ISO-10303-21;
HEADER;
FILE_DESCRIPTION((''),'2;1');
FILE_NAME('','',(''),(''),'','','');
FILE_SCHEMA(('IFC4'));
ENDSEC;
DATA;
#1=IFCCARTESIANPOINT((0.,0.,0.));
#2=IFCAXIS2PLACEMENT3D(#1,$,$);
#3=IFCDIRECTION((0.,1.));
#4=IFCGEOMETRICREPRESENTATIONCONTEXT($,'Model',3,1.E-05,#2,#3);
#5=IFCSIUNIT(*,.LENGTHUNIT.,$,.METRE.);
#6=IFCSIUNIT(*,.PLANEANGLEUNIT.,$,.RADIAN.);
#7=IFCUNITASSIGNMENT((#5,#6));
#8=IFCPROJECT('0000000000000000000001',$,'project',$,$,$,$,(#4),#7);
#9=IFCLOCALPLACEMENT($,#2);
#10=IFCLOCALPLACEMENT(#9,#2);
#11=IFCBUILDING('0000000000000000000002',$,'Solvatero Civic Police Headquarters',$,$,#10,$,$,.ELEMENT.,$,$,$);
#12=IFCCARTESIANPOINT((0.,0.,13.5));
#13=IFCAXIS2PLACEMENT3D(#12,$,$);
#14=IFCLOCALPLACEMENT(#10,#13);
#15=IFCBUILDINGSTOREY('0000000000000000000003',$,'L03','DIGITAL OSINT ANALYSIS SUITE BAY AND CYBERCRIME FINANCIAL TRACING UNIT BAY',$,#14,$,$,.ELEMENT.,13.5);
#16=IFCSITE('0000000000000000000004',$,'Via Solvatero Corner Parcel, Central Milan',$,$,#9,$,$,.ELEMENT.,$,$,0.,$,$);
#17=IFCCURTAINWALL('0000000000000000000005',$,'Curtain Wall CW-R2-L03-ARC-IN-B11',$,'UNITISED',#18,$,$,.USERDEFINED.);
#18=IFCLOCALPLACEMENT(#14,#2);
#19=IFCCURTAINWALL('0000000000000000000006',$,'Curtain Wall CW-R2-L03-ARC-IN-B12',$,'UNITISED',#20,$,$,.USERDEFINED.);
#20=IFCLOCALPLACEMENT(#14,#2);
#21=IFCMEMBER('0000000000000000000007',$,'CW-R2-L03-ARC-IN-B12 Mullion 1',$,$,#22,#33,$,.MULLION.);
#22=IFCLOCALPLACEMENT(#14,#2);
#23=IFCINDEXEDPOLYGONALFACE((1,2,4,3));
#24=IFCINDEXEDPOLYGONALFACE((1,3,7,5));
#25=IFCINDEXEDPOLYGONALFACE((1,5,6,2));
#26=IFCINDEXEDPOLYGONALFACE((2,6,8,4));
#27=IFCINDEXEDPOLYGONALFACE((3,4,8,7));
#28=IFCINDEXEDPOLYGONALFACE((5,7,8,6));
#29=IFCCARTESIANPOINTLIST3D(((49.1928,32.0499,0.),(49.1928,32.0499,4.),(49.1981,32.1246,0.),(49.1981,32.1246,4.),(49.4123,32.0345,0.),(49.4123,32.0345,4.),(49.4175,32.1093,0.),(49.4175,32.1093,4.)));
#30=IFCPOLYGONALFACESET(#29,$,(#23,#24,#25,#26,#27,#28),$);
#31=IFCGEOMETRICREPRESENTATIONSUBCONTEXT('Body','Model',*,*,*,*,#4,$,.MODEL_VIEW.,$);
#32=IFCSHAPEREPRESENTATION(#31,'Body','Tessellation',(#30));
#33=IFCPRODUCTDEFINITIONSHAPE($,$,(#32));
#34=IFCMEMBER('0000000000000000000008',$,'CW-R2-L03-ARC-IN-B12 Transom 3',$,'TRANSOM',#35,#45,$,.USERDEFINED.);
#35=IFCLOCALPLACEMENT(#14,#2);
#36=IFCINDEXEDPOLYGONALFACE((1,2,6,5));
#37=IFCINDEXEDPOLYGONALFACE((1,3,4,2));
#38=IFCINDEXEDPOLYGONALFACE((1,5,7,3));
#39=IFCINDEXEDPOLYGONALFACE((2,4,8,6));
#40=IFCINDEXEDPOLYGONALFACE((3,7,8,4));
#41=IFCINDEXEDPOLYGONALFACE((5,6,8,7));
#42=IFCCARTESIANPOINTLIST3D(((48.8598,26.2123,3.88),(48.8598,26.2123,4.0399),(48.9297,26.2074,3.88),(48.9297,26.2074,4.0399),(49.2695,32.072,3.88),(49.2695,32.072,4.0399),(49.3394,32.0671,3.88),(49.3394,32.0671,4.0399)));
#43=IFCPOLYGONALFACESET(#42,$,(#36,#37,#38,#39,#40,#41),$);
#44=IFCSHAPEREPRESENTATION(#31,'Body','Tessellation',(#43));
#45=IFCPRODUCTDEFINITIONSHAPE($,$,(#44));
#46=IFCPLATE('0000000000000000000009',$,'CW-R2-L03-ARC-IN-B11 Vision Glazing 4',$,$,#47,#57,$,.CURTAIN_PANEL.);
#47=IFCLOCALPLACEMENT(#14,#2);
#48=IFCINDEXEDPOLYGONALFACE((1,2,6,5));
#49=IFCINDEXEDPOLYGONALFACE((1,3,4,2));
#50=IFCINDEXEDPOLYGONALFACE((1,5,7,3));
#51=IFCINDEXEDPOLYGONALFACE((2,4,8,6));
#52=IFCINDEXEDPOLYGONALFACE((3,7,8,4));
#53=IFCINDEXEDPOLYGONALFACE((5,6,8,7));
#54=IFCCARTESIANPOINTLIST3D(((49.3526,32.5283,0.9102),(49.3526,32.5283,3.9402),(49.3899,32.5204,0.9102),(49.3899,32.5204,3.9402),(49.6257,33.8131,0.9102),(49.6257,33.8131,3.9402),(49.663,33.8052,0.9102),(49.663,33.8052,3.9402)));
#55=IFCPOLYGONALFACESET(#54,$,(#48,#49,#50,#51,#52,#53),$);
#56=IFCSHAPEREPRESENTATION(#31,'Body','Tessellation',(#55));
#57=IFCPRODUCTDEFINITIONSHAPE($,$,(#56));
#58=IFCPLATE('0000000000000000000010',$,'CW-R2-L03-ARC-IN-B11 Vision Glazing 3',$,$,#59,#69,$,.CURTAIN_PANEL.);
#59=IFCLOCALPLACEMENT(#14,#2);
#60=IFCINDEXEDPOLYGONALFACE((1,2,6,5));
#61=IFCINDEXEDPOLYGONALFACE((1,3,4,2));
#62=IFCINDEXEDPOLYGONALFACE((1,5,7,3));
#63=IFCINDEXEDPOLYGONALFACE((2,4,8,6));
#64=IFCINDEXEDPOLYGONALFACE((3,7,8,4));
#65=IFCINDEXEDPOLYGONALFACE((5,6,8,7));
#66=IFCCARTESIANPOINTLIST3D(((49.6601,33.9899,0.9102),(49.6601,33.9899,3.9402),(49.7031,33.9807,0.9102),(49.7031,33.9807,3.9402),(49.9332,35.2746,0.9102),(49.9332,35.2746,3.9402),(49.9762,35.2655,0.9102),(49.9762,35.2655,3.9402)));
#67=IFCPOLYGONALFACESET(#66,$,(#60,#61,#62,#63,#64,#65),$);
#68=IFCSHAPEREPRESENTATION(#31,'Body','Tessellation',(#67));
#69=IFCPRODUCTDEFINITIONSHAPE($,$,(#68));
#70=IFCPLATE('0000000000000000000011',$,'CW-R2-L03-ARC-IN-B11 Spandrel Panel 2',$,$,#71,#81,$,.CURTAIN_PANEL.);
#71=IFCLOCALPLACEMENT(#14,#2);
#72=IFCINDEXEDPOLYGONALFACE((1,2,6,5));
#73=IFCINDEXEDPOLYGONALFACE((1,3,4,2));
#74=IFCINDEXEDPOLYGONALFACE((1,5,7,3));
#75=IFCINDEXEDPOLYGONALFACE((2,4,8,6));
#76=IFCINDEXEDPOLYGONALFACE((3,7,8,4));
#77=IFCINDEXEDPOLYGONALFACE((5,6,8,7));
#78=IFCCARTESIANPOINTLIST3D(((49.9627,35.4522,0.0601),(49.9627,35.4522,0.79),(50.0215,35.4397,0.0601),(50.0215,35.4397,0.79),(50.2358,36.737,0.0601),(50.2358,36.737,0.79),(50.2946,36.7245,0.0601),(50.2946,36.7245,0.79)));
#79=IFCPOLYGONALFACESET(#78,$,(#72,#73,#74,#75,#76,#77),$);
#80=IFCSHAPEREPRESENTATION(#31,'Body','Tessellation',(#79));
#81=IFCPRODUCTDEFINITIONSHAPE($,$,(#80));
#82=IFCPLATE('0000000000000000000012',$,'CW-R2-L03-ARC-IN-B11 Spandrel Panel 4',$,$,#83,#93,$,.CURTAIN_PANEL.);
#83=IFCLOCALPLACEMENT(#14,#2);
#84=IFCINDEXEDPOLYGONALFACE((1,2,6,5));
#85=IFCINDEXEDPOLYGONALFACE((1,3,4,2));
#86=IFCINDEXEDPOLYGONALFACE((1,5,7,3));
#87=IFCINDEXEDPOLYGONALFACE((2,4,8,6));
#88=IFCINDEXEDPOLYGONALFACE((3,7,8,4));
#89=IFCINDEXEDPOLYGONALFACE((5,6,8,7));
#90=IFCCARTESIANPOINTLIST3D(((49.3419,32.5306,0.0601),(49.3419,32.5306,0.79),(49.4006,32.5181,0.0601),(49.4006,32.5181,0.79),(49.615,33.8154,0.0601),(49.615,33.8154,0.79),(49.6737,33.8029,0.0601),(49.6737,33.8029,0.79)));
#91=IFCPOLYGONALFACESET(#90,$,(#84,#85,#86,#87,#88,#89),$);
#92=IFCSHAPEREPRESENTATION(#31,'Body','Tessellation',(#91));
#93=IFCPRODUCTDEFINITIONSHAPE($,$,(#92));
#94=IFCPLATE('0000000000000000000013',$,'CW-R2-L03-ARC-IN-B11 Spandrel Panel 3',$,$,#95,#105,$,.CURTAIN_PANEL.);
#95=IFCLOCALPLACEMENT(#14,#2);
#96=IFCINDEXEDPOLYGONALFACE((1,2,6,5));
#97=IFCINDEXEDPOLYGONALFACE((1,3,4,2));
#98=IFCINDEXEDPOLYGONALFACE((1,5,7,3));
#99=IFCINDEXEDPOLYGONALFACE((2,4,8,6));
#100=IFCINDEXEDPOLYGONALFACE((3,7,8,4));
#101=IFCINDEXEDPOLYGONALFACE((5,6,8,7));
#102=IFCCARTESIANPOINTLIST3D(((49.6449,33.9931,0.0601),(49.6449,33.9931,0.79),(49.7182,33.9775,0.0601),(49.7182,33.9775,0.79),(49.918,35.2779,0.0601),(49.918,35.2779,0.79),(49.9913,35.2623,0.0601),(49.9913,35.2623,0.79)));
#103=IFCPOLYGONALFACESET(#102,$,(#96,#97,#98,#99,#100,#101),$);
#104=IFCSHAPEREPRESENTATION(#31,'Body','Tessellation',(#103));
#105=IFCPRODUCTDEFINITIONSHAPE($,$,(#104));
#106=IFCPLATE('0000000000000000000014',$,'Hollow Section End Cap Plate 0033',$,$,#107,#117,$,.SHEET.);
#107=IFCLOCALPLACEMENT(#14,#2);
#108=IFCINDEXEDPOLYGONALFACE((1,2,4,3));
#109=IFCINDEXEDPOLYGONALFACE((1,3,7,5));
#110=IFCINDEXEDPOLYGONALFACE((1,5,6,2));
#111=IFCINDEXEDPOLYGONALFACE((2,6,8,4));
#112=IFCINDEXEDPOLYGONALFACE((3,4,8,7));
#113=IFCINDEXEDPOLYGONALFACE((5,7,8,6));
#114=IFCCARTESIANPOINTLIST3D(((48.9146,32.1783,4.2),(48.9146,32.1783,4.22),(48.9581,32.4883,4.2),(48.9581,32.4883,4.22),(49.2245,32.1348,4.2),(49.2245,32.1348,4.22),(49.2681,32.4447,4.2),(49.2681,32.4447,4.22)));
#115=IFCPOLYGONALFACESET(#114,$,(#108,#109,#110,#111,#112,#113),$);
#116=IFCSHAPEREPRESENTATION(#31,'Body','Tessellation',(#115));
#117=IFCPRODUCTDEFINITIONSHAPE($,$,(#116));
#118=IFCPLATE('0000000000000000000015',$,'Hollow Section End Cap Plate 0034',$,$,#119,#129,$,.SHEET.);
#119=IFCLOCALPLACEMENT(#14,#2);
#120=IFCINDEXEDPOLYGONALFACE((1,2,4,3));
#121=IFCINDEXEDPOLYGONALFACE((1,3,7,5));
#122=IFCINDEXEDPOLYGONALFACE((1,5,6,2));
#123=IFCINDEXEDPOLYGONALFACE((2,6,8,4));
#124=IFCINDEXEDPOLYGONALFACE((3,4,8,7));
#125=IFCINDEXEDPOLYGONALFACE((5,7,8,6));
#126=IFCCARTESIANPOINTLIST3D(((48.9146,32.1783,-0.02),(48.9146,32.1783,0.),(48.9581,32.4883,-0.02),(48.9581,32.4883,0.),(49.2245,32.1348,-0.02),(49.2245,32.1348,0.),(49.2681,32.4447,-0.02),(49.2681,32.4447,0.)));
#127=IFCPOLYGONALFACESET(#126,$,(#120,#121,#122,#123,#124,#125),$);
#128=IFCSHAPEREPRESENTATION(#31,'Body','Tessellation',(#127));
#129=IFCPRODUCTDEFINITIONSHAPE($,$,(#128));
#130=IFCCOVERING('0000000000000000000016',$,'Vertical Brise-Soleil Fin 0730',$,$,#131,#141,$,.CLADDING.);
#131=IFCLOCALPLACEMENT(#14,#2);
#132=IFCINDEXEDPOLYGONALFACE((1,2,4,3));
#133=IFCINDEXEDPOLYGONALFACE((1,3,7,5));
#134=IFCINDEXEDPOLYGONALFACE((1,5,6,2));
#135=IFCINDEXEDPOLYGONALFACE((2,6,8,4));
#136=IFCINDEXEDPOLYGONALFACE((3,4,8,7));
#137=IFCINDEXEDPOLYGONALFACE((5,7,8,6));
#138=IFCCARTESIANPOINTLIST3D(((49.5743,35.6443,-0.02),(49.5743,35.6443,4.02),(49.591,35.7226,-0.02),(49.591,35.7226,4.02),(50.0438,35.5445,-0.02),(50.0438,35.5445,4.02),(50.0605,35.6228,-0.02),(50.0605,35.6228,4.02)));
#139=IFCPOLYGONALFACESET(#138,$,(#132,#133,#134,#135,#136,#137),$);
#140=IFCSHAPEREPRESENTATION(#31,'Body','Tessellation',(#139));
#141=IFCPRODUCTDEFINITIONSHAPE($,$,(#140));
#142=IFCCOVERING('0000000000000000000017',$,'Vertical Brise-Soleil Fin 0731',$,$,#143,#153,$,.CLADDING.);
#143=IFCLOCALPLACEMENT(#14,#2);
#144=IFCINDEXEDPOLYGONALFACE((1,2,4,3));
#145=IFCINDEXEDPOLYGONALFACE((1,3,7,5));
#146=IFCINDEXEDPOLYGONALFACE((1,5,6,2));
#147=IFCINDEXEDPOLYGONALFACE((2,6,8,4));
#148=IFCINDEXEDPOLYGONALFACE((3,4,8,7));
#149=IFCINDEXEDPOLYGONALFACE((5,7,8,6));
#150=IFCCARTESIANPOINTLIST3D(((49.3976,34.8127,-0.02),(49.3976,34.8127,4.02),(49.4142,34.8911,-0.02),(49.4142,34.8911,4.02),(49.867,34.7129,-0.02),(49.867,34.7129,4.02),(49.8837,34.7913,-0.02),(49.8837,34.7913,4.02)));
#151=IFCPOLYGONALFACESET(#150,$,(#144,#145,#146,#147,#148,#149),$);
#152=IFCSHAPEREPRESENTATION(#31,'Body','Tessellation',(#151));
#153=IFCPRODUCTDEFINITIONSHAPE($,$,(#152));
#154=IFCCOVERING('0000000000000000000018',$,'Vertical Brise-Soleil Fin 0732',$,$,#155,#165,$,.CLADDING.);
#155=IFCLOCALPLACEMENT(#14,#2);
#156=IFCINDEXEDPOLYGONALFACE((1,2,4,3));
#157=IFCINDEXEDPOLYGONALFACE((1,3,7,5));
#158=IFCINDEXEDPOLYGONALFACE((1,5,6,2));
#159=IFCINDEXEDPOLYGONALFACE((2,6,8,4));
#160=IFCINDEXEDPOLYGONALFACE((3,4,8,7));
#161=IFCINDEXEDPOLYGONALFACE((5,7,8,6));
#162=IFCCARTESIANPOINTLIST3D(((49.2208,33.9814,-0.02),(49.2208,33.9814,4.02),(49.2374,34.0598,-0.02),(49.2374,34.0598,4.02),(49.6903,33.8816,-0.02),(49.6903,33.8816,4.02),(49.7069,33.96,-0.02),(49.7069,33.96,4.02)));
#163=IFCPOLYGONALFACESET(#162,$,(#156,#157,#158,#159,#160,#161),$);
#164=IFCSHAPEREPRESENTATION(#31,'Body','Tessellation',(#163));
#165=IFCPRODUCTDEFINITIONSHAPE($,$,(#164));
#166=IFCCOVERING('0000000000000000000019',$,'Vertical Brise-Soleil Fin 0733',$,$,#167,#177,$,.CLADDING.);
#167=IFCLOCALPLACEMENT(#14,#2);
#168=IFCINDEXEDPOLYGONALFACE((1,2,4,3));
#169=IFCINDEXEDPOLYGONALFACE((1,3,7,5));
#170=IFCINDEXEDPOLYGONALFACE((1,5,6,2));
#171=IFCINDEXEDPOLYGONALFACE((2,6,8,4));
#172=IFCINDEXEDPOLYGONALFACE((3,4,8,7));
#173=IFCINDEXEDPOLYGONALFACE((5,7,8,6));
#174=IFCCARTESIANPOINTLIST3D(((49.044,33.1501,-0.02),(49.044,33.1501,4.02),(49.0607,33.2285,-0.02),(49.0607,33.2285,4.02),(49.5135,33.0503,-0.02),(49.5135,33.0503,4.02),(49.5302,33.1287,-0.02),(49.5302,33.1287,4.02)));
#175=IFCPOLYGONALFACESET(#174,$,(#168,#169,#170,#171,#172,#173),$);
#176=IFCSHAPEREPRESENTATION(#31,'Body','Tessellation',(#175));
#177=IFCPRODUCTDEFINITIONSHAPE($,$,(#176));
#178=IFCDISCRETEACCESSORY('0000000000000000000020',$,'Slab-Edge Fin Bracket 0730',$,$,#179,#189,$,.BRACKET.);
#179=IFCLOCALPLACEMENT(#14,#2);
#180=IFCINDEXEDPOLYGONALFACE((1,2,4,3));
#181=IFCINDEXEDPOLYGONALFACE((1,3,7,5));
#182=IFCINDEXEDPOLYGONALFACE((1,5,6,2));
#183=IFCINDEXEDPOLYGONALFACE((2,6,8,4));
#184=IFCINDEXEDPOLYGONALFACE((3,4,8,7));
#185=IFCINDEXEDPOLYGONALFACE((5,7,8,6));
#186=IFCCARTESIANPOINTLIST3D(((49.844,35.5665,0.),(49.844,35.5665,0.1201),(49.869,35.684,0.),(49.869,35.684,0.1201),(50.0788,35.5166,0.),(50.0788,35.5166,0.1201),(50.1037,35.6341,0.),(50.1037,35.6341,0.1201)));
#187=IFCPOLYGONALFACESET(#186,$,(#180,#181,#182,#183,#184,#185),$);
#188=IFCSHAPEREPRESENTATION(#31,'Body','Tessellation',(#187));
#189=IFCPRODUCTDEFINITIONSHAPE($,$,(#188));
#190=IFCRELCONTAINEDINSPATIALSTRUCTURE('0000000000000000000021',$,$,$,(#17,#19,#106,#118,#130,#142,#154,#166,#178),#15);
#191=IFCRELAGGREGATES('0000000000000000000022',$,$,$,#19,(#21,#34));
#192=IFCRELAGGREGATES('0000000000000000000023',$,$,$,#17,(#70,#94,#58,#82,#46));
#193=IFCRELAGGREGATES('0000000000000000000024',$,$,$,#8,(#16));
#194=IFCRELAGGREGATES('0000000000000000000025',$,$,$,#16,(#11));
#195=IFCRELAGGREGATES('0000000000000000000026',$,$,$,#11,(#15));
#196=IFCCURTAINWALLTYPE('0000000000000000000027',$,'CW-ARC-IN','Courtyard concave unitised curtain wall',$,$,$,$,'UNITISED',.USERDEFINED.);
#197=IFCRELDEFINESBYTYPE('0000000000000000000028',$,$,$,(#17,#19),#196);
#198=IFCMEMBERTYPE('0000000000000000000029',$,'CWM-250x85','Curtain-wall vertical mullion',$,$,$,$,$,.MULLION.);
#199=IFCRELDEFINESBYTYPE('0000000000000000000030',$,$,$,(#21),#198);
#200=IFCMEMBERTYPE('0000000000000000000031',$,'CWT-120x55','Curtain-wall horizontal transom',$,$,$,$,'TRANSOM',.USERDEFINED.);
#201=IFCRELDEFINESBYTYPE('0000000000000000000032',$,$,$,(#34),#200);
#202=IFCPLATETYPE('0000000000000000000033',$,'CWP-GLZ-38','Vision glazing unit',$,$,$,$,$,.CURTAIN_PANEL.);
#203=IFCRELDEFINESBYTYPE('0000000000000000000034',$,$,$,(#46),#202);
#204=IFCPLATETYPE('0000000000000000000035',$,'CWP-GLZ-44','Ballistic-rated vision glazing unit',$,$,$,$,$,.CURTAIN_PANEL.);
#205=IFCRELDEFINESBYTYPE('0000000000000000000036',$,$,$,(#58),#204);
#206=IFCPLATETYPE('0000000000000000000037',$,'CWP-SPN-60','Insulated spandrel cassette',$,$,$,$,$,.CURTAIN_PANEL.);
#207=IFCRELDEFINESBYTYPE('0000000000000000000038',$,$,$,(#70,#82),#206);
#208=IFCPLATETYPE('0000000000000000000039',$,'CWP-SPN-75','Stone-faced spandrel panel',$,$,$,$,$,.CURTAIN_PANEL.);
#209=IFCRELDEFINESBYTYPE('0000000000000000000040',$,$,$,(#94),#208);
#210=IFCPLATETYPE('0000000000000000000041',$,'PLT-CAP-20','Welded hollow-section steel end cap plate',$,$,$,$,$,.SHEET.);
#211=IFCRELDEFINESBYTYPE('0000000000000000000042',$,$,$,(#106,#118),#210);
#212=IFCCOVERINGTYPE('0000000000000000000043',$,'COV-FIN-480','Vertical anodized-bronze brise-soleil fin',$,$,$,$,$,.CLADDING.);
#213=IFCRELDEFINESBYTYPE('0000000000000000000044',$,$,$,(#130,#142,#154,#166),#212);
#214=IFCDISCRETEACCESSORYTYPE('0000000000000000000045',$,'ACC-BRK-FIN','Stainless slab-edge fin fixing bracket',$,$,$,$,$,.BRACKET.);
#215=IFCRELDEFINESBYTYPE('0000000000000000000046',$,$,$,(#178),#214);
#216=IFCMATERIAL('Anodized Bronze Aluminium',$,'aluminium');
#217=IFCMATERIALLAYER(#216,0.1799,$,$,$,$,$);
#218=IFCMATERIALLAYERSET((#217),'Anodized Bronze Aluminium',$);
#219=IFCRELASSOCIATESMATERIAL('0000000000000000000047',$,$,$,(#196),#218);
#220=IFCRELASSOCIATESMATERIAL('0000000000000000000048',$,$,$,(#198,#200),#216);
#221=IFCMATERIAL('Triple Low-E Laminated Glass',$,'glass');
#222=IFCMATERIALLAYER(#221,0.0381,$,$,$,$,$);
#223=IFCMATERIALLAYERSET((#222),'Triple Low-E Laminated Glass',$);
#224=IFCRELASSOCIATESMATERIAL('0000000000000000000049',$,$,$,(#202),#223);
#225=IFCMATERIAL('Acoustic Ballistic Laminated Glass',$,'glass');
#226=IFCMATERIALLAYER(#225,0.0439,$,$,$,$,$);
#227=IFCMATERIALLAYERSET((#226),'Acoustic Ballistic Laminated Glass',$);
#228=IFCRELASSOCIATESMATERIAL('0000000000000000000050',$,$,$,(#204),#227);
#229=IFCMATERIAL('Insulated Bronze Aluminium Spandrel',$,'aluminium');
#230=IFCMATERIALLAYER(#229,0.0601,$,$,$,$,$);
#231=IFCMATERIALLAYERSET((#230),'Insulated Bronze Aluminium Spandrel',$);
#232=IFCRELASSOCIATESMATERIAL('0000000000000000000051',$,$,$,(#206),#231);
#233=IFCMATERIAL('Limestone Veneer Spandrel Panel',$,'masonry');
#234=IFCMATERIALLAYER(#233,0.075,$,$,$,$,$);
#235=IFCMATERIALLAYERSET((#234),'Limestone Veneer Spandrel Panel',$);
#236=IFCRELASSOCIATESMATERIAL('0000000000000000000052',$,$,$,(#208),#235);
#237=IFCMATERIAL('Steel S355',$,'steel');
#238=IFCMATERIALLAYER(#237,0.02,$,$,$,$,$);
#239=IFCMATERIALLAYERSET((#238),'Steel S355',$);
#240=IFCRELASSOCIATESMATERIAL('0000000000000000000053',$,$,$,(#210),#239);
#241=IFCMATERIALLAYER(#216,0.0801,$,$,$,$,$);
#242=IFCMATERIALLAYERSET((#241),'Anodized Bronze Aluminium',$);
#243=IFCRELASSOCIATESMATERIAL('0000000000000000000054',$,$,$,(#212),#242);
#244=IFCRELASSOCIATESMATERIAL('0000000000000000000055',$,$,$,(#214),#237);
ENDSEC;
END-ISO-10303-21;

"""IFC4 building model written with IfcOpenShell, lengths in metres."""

from ifc_helpers import new_model, si_unit, direction, frame, origin, origin_2d, place, context, subcontext, project, spatial, rectangle, extrude, material, layer, layer_set, material_profile, profile_set, type_object, element, aggregate, save


model = new_model("IFC4")

# Units and contexts
model_context = context("Model", 3, precision=1e-05, world=origin(), true_north=direction((0.0, 1.0)))
body_context = subcontext(model_context, "Body", "Model", "MODEL_VIEW")
ifc_project = project(units=[si_unit("LENGTHUNIT", "METRE"), si_unit("PLANEANGLEUNIT", "RADIAN")], contexts=[model_context])

# Site, building, storey
site_placement = place(None, origin())
site = spatial("IfcSite", under=ifc_project, at=site_placement, Name="Via Solvatero Corner Parcel, Central Milan", CompositionType="ELEMENT", RefElevation=0.0)
building_placement = place(site_placement, origin())
building = spatial("IfcBuilding", under=site, at=building_placement, Name="Solvatero Civic Police Headquarters", CompositionType="ELEMENT")
storey_placement = place(building_placement, frame((0.0, 0.0, 13.5)))
storey = spatial("IfcBuildingStorey", under=building, at=storey_placement, Name="L03", Description="DIGITAL OSINT ANALYSIS SUITE BAY AND CYBERCRIME FINANCIAL TRACING UNIT BAY", CompositionType="ELEMENT", Elevation=13.5)

# Shared definitions
ifc_material_1 = material(Name="Steel S355", Category="steel")

# Curtain walls, members
ifc_material_2 = material(Name="Anodized Bronze Aluminium", Category="aluminium")
ifc_layer_1 = layer(ifc_material_2, 0.1799)
ifc_layer_set_1 = layer_set([ifc_layer_1], Name="Anodized Bronze Aluminium")
curtain_wall_type = type_object("IfcCurtainWallType", Name="CW-ARC-IN", Description="Courtyard concave unitised curtain wall", ElementType="UNITISED", PredefinedType="USERDEFINED", material=ifc_layer_set_1)
curtain_wall_1_placement = place(storey_placement, origin())
curtain_wall_1 = element("IfcCurtainWall", 1, at=curtain_wall_1_placement, inside=storey, type_object=curtain_wall_type, Name="Curtain Wall CW-R2-L03-ARC-IN-B11", ObjectType="UNITISED", PredefinedType="USERDEFINED")
curtain_wall_2_placement = place(storey_placement, origin())
curtain_wall_2 = element("IfcCurtainWall", 2, at=curtain_wall_2_placement, inside=storey, type_object=curtain_wall_type, Name="Curtain Wall CW-R2-L03-ARC-IN-B12", ObjectType="UNITISED", PredefinedType="USERDEFINED")
ifc_material_profile_1 = material_profile(ifc_material_2, rectangle(XDim=0.075, YDim=0.22, at=origin_2d()), Name="ALU MULLION 75x220")
ifc_profile_set_1 = profile_set([ifc_material_profile_1], Name="Anodized Bronze Aluminium")
member_type_1 = type_object("IfcMemberType", Name="CWM-250x85", Description="Curtain-wall vertical mullion", PredefinedType="MULLION", material=ifc_profile_set_1)
member_1_placement = place(storey_placement, frame((49.3052, 32.0796, 0.0), z_axis=(0.0, 0.0, 1.0), x_axis=(-0.069756, -0.997564, 0.0)))
member_1 = element("IfcMember", 3, at=member_1_placement, type_object=member_type_1, Name="CW-R2-L03-ARC-IN-B12 Mullion 1", PredefinedType="MULLION", context=body_context, shape_type="SweptSolid", body=[
    extrude(rectangle(XDim=0.075, YDim=0.22, at=origin_2d()), origin(), (0.0, 0.0, 1.0), 4.0),
])
ifc_material_profile_2 = material_profile(ifc_material_2, rectangle(XDim=0.0701, YDim=0.1599, at=origin_2d()), Name="ALU TRANSOM 70x160")
ifc_profile_set_2 = profile_set([ifc_material_profile_2], Name="Anodized Bronze Aluminium")
member_type_2 = type_object("IfcMemberType", Name="CWT-120x55", Description="Curtain-wall horizontal transom", ElementType="TRANSOM", PredefinedType="USERDEFINED", material=ifc_profile_set_2)
member_2_placement = place(storey_placement, frame((49.3044, 32.0696, 3.96), z_axis=(-0.069744, -0.997565, 0.0), x_axis=(0.997565, -0.069744, 0.0)))
member_2 = element("IfcMember", 4, at=member_2_placement, type_object=member_type_2, Name="CW-R2-L03-ARC-IN-B12 Transom 3", ObjectType="TRANSOM", PredefinedType="USERDEFINED", context=body_context, shape_type="SweptSolid", body=[
    extrude(rectangle(XDim=0.0701, YDim=0.1599, at=origin_2d()), origin(), (0.0, 0.0, 1.0), 5.874),
])
aggregate(curtain_wall_2, [member_1, member_2])

# Plates
ifc_material_3 = material(Name="Triple Low-E Laminated Glass", Category="glass")
ifc_layer_2 = layer(ifc_material_3, 0.0381)
ifc_layer_set_2 = layer_set([ifc_layer_2], Name="Triple Low-E Laminated Glass")
plate_type_1 = type_object("IfcPlateType", Name="CWP-GLZ-38", Description="Vision glazing unit", PredefinedType="CURTAIN_PANEL", material=ifc_layer_set_2)
plate_1_placement = place(storey_placement, frame((49.5078, 33.1667, 0.9102), z_axis=(0.0, 0.0, 1.0), x_axis=(-0.207912, -0.978148, 0.0)))
plate_1 = element("IfcPlate", 5, at=plate_1_placement, type_object=plate_type_1, Name="CW-R2-L03-ARC-IN-B11 Vision Glazing 4", PredefinedType="CURTAIN_PANEL", context=body_context, shape_type="SweptSolid", body=[
    extrude(rectangle(XDim=1.3135, YDim=0.0381, at=origin_2d()), origin(), (0.0, 0.0, 1.0), 3.03),
])
ifc_material_4 = material(Name="Acoustic Ballistic Laminated Glass", Category="glass")
ifc_layer_3 = layer(ifc_material_4, 0.0439)
ifc_layer_set_3 = layer_set([ifc_layer_3], Name="Acoustic Ballistic Laminated Glass")
plate_type_2 = type_object("IfcPlateType", Name="CWP-GLZ-44", Description="Ballistic-rated vision glazing unit", PredefinedType="CURTAIN_PANEL", material=ifc_layer_set_3)
plate_2_placement = place(storey_placement, frame((49.8181, 34.6277, 0.9102), z_axis=(0.0, 0.0, 1.0), x_axis=(-0.207912, -0.978148, 0.0)))
plate_2 = element("IfcPlate", 6, at=plate_2_placement, type_object=plate_type_2, Name="CW-R2-L03-ARC-IN-B11 Vision Glazing 3", PredefinedType="CURTAIN_PANEL", context=body_context, shape_type="SweptSolid", body=[
    extrude(rectangle(XDim=1.3135, YDim=0.0439, at=origin_2d()), origin(), (0.0, 0.0, 1.0), 3.03),
])
ifc_material_5 = material(Name="Insulated Bronze Aluminium Spandrel", Category="aluminium")
ifc_layer_4 = layer(ifc_material_5, 0.0601)
ifc_layer_set_4 = layer_set([ifc_layer_4], Name="Insulated Bronze Aluminium Spandrel")
plate_type_3 = type_object("IfcPlateType", Name="CWP-SPN-60", Description="Insulated spandrel cassette", PredefinedType="CURTAIN_PANEL", material=ifc_layer_set_4)
plate_3_placement = place(storey_placement, frame((50.1287, 36.0884, 0.0601), z_axis=(0.0, 0.0, 1.0), x_axis=(-0.207912, -0.978148, 0.0)))
plate_3 = element("IfcPlate", 7, at=plate_3_placement, type_object=plate_type_3, Name="CW-R2-L03-ARC-IN-B11 Spandrel Panel 2", PredefinedType="CURTAIN_PANEL", context=body_context, shape_type="SweptSolid", body=[
    extrude(rectangle(XDim=1.3135, YDim=0.0601, at=origin_2d()), origin(), (0.0, 0.0, 1.0), 0.73),
])
plate_4_placement = place(storey_placement, frame((49.5078, 33.1667, 0.0601), z_axis=(0.0, 0.0, 1.0), x_axis=(-0.207912, -0.978148, 0.0)))
plate_4 = element("IfcPlate", 8, at=plate_4_placement, type_object=plate_type_3, Name="CW-R2-L03-ARC-IN-B11 Spandrel Panel 4", PredefinedType="CURTAIN_PANEL", context=body_context, shape_type="SweptSolid", body=[
    extrude(rectangle(XDim=1.3135, YDim=0.0601, at=origin_2d()), origin(), (0.0, 0.0, 1.0), 0.73),
])
ifc_material_6 = material(Name="Limestone Veneer Spandrel Panel", Category="masonry")
ifc_layer_5 = layer(ifc_material_6, 0.075)
ifc_layer_set_5 = layer_set([ifc_layer_5], Name="Limestone Veneer Spandrel Panel")
plate_type_4 = type_object("IfcPlateType", Name="CWP-SPN-75", Description="Stone-faced spandrel panel", PredefinedType="CURTAIN_PANEL", material=ifc_layer_set_5)
plate_5_placement = place(storey_placement, frame((49.8181, 34.6277, 0.0601), z_axis=(0.0, 0.0, 1.0), x_axis=(-0.207912, -0.978148, 0.0)))
plate_5 = element("IfcPlate", 9, at=plate_5_placement, type_object=plate_type_4, Name="CW-R2-L03-ARC-IN-B11 Spandrel Panel 3", PredefinedType="CURTAIN_PANEL", context=body_context, shape_type="SweptSolid", body=[
    extrude(rectangle(XDim=1.3135, YDim=0.075, at=origin_2d()), origin(), (0.0, 0.0, 1.0), 0.73),
])
aggregate(curtain_wall_1, [plate_3, plate_5, plate_2, plate_4, plate_1])

# Plates
ifc_layer_6 = layer(ifc_material_1, 0.02)
ifc_layer_set_6 = layer_set([ifc_layer_6], Name="Steel S355")
plate_type_5 = type_object("IfcPlateType", Name="PLT-CAP-20", Description="Welded hollow-section steel end cap plate", PredefinedType="SHEET", material=ifc_layer_set_6)
for number, where, z_axis, x_axis, name in (
    (10, (49.0913, 32.3115, 4.2), (0.0, 0.0, 1.0), (0.139173, 0.990268, 0.0), "Hollow Section End Cap Plate 0033"),
    (11, (49.0913, 32.3115, -0.02), (0.0, 0.0, 1.0), (0.139173, 0.990268, 0.0), "Hollow Section End Cap Plate 0034"),
):
    element("IfcPlate", number, at=place(storey_placement, frame(where, z_axis=z_axis, x_axis=x_axis)), inside=storey, type_object=plate_type_5, Name=name, PredefinedType="SHEET", context=body_context, shape_type="SweptSolid", body=[
        extrude(rectangle(XDim=0.313, YDim=0.313, at=origin_2d()), origin(), (0.0, 0.0, 1.0), 0.02),
    ])

# Coverings
ifc_layer_7 = layer(ifc_material_2, 0.0801)
ifc_layer_set_7 = layer_set([ifc_layer_7], Name="Anodized Bronze Aluminium")
covering_type = type_object("IfcCoveringType", Name="COV-FIN-480", Description="Vertical anodized-bronze brise-soleil fin", PredefinedType="CLADDING", material=ifc_layer_set_7)
for number, where, z_axis, x_axis, name in (
    (12, (49.8174, 35.6335, -0.02), (0.0, 0.0, 1.0), (-0.207912, -0.978148, 0.0), "Vertical Brise-Soleil Fin 0730"),
    (13, (49.6406, 34.802, -0.02), (0.0, 0.0, 1.0), (-0.207912, -0.978148, 0.0), "Vertical Brise-Soleil Fin 0731"),
    (14, (49.4639, 33.9707, -0.02), (0.0, 0.0, 1.0), (-0.207912, -0.978148, 0.0), "Vertical Brise-Soleil Fin 0732"),
    (15, (49.2871, 33.1394, -0.02), (0.0, 0.0, 1.0), (-0.207912, -0.978148, 0.0), "Vertical Brise-Soleil Fin 0733"),
):
    element("IfcCovering", number, at=place(storey_placement, frame(where, z_axis=z_axis, x_axis=x_axis)), inside=storey, type_object=covering_type, Name=name, PredefinedType="CLADDING", context=body_context, shape_type="SweptSolid", body=[
        extrude(rectangle(XDim=0.0801, YDim=0.48, at=origin_2d()), origin(), (0.0, 0.0, 1.0), 4.04),
    ])

# Discrete accessory
discrete_accessory_type = type_object("IfcDiscreteAccessoryType", Name="ACC-BRK-FIN", Description="Stainless slab-edge fin fixing bracket", PredefinedType="BRACKET", material=ifc_material_1)
for number, where, z_axis, x_axis, name in (
    (16, (49.9739, 35.6003, 0.0), (0.0, 0.0, 1.0), (-0.207912, -0.978148, 0.0), "Slab-Edge Fin Bracket 0730"),
):
    element("IfcDiscreteAccessory", number, at=place(storey_placement, frame(where, z_axis=z_axis, x_axis=x_axis)), inside=storey, type_object=discrete_accessory_type, Name=name, PredefinedType="BRACKET", context=body_context, shape_type="SweptSolid", body=[
        extrude(rectangle(XDim=0.1201, YDim=0.24, at=origin_2d()), origin(), (0.0, 0.0, 1.0), 0.1201),
    ])

save(model, "model.ifc")
